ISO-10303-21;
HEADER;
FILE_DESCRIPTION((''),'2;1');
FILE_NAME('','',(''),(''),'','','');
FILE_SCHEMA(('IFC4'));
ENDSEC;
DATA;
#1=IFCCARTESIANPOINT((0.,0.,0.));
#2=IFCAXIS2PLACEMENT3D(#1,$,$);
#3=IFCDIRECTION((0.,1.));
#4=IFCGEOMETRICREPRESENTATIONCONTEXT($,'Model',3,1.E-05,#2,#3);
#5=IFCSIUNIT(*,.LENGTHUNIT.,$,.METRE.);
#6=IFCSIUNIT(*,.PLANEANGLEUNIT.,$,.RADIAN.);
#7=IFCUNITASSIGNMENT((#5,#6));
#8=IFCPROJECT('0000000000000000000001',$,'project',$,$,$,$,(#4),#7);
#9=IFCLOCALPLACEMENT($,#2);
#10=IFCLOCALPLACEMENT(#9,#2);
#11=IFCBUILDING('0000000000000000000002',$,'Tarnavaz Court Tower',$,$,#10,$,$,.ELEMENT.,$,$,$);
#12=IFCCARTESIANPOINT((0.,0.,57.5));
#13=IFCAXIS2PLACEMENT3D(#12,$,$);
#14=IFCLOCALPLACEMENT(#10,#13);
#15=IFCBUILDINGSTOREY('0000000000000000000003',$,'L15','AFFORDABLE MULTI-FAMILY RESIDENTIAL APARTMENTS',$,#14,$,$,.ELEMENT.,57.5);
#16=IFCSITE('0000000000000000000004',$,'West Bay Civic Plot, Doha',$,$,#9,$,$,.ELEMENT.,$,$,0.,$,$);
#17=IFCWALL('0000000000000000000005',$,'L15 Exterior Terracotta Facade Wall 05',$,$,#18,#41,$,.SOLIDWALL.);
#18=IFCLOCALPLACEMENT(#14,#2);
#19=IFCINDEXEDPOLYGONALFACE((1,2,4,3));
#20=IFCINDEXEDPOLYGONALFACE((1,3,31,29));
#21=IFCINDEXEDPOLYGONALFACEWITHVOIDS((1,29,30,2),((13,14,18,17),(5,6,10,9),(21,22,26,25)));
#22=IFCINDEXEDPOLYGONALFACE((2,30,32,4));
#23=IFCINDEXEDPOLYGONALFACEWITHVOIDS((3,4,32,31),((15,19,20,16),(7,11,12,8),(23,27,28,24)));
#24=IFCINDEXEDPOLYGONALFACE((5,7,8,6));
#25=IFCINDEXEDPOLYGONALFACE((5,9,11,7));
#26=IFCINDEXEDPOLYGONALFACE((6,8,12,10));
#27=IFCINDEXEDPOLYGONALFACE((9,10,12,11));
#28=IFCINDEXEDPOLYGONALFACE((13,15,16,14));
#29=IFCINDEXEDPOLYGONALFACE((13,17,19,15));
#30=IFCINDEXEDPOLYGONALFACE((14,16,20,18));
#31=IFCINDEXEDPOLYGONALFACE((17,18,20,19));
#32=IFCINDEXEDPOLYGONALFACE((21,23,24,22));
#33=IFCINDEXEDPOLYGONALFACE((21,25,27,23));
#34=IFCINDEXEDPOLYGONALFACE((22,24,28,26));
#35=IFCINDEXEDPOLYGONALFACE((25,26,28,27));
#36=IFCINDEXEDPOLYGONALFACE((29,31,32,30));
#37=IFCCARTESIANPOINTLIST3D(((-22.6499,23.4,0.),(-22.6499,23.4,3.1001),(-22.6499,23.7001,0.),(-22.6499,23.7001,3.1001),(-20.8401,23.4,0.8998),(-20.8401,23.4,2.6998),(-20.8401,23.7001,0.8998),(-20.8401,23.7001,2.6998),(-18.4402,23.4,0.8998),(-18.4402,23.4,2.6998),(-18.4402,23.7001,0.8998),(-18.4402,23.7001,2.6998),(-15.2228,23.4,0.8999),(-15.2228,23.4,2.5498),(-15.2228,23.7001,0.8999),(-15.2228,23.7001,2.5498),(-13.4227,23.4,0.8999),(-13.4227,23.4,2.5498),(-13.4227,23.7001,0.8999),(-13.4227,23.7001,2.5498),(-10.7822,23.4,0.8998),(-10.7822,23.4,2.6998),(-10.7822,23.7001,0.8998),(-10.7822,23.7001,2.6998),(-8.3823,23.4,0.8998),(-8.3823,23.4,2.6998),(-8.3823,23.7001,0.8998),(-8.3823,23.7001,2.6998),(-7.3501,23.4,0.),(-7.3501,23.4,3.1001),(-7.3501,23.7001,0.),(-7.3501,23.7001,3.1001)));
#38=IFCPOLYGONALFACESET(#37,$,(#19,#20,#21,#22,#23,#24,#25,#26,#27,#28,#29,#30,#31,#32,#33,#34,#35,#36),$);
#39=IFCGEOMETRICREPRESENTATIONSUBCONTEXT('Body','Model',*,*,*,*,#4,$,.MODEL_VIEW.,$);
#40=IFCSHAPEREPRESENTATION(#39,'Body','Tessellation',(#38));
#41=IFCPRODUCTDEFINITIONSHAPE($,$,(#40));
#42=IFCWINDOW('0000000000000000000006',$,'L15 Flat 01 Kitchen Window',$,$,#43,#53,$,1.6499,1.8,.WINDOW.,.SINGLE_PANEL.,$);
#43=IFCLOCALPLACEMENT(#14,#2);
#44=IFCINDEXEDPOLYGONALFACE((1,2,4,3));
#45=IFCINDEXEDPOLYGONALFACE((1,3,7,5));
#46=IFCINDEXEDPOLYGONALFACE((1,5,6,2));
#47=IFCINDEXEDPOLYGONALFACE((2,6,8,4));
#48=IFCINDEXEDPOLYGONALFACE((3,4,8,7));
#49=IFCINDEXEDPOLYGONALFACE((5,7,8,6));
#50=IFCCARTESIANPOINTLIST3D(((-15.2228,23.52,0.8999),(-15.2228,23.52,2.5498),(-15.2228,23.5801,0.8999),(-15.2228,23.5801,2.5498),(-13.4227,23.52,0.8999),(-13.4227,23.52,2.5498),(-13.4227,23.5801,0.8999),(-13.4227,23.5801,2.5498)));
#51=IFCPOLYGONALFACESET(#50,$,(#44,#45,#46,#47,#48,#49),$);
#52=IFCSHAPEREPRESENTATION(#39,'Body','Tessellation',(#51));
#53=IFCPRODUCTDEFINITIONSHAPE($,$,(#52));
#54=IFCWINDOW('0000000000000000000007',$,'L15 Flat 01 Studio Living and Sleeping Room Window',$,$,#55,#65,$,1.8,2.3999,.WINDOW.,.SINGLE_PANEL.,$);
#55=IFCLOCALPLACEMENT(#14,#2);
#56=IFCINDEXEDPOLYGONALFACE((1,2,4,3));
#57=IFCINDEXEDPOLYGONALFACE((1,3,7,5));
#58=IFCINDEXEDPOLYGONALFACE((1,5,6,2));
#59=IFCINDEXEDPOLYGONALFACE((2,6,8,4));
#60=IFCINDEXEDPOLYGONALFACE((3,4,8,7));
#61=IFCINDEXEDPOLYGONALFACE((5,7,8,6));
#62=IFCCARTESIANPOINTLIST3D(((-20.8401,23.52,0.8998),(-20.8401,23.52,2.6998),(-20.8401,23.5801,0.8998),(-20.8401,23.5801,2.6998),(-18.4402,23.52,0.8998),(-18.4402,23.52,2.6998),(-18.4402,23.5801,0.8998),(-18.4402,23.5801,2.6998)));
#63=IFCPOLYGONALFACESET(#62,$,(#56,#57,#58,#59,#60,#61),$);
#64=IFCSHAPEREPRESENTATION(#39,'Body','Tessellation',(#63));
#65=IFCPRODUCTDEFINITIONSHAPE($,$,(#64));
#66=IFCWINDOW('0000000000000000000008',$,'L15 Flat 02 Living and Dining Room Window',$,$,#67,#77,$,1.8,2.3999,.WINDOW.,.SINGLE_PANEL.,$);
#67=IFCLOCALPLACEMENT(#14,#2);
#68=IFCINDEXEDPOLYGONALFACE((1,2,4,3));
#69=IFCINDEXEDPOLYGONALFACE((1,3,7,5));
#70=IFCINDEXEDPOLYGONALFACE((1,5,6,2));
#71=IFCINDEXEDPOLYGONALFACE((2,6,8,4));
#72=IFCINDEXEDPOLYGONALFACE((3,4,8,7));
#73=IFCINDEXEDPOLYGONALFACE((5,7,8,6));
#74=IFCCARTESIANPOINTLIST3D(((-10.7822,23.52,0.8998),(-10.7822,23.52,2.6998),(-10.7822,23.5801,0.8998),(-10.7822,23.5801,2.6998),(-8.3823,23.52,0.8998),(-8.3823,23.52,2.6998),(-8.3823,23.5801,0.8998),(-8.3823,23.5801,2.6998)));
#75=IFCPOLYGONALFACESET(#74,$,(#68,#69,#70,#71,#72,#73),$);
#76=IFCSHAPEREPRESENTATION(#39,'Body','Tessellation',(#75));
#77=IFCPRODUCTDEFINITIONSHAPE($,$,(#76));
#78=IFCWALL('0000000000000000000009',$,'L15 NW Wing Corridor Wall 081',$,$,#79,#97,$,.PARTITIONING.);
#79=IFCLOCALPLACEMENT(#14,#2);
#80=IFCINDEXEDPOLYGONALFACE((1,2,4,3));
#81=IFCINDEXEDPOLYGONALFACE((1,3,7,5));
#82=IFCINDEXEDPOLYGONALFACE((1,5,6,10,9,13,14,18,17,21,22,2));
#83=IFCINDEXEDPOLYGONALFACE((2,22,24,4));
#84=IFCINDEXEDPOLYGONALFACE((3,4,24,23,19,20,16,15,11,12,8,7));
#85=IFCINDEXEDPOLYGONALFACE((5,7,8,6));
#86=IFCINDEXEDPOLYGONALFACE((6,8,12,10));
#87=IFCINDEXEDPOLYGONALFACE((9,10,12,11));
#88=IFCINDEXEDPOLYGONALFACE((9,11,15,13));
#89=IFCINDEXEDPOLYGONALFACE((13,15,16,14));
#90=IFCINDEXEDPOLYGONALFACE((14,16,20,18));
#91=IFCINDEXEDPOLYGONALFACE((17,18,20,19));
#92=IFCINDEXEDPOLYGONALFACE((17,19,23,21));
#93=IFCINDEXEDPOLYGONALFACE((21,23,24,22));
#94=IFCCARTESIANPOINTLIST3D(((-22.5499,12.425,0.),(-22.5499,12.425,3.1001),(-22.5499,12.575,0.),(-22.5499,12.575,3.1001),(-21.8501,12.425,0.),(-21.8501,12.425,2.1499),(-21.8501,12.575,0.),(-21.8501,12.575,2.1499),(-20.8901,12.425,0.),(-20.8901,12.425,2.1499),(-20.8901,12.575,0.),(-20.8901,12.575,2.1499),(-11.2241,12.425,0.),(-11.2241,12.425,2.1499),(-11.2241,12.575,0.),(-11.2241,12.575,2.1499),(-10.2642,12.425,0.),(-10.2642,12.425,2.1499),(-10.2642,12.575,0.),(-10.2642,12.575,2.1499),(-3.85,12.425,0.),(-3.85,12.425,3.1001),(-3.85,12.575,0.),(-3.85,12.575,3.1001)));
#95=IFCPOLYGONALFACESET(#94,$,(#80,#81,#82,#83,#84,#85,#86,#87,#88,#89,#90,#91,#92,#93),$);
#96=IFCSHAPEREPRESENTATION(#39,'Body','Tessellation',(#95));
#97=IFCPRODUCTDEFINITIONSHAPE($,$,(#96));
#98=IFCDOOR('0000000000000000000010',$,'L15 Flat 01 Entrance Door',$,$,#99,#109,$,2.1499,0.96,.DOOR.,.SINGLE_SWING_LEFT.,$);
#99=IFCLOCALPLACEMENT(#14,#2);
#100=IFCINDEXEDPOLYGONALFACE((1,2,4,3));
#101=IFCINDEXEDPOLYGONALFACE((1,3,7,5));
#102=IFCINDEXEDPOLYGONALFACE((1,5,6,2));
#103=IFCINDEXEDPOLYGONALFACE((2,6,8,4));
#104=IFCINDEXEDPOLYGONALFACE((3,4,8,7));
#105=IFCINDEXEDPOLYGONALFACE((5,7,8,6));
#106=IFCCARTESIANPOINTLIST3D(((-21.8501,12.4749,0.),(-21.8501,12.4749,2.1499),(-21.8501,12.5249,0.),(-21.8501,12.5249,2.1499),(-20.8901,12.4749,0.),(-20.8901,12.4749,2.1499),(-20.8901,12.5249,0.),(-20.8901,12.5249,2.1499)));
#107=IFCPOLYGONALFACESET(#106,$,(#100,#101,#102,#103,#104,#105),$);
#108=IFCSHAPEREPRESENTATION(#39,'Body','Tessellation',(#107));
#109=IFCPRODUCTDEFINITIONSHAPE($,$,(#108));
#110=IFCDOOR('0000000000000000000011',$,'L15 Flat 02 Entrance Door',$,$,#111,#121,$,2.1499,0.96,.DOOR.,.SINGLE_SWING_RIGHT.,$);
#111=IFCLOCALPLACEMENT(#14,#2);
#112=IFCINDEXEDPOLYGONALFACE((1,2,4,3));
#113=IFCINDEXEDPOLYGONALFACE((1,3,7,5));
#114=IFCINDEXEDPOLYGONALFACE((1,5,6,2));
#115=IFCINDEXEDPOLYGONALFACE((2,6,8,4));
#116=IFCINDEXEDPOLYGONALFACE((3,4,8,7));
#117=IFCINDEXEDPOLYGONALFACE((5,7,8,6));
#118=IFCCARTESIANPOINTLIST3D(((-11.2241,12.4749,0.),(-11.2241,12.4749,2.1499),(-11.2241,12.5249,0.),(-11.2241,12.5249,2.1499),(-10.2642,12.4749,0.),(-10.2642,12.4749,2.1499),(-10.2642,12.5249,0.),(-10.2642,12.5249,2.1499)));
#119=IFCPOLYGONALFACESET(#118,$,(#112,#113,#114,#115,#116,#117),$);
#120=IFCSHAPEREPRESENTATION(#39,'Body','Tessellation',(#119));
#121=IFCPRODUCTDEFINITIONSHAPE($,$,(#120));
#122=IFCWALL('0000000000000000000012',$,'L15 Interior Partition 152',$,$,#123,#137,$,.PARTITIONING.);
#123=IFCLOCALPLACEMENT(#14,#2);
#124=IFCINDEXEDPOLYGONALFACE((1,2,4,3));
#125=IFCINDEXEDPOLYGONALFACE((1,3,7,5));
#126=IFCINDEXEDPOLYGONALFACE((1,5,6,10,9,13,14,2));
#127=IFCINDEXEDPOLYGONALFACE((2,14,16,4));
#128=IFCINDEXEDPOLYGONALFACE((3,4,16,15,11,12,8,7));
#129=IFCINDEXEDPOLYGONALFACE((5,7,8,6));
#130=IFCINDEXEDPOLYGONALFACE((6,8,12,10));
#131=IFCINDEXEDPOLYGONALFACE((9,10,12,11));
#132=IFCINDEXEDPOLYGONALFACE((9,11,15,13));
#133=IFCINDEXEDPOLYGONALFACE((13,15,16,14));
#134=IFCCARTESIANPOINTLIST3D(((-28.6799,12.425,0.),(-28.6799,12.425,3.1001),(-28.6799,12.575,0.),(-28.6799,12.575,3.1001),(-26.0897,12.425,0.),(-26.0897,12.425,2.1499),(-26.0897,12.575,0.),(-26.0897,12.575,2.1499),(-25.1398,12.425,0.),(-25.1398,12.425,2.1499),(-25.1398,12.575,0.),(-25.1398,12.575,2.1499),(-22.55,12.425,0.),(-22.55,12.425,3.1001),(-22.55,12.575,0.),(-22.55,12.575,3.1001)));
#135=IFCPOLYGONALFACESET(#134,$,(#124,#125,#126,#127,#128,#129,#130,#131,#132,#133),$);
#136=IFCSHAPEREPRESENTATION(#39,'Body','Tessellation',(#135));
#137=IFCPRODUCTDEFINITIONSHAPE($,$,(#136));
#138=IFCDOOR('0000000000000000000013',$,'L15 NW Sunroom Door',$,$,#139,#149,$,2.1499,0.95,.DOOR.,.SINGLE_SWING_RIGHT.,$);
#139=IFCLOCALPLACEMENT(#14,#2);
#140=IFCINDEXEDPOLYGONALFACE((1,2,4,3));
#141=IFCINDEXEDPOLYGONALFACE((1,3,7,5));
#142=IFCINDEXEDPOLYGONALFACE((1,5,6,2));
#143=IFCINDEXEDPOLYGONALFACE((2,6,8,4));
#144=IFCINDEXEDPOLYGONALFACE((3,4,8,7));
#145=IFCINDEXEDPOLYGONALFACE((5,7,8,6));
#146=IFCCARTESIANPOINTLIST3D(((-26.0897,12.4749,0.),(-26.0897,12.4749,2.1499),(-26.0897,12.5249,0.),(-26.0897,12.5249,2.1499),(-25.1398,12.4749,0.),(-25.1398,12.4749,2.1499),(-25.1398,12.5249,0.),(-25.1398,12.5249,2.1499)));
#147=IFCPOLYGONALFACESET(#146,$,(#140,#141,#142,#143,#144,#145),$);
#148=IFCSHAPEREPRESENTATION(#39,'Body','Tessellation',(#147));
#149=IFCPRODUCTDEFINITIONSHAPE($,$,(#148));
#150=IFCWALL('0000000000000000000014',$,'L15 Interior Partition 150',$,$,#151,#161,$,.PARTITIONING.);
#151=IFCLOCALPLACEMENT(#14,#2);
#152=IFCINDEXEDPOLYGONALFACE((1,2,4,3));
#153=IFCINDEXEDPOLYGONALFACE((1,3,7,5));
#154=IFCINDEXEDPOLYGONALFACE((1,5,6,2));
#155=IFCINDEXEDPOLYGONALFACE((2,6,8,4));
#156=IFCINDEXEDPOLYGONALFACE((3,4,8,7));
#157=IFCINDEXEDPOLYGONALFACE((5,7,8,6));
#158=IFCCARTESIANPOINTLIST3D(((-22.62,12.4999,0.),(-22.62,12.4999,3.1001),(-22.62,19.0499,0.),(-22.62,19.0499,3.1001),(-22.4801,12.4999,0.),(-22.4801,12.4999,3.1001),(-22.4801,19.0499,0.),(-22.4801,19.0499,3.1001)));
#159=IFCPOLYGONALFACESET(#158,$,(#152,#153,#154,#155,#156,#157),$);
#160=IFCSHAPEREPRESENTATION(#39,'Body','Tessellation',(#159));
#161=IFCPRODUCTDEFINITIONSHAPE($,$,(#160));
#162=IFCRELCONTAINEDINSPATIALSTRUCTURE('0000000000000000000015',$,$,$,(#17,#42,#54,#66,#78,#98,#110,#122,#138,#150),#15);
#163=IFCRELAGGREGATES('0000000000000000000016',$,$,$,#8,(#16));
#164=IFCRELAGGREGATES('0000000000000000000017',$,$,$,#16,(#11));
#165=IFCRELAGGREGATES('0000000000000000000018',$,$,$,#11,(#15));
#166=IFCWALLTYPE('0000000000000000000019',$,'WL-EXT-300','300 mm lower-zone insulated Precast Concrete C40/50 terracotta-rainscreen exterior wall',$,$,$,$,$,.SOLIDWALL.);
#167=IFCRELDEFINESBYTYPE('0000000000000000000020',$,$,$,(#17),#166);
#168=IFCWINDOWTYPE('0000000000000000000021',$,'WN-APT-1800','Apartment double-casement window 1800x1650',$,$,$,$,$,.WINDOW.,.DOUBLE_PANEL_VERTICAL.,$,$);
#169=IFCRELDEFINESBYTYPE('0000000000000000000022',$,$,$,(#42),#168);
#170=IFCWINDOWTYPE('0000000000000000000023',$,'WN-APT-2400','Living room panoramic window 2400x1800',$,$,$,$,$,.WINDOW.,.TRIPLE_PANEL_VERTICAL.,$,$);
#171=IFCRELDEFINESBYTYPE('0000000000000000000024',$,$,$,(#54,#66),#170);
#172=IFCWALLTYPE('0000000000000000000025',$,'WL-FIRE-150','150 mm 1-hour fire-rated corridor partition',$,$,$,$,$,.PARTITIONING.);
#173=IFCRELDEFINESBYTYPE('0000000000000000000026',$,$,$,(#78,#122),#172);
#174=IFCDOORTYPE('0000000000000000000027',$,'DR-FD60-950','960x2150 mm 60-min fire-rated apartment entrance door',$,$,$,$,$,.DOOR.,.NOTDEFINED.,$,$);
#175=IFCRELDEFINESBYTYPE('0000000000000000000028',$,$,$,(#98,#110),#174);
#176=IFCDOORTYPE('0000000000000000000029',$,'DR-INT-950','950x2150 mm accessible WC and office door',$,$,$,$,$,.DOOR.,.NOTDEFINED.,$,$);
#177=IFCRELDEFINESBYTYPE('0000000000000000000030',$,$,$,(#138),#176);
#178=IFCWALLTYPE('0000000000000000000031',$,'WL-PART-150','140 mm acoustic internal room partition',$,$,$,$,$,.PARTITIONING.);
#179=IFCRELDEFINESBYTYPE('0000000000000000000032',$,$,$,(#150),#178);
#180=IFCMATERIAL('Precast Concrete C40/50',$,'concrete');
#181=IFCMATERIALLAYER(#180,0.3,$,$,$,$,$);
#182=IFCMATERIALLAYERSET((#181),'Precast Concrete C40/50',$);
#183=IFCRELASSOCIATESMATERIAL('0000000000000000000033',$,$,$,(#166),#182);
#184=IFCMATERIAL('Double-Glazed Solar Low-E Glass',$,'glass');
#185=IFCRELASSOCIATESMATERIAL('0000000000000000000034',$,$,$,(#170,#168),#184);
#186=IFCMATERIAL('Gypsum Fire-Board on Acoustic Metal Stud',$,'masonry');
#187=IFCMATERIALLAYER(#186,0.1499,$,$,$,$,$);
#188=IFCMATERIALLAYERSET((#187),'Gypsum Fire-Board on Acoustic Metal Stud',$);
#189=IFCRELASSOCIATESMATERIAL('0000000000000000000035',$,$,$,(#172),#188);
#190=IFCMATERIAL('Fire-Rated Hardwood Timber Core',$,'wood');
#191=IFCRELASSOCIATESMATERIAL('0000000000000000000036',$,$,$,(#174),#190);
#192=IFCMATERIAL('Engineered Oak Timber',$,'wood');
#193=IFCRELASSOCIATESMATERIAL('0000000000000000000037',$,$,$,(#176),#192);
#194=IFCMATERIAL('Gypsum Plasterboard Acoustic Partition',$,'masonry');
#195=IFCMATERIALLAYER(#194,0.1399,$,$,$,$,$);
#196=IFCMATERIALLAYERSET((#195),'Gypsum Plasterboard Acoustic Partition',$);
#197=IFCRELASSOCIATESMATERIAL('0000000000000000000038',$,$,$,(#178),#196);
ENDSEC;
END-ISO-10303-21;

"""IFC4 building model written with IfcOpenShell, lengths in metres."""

from ifc_helpers import new_model, si_unit, direction, frame, frame_2d, origin, place, context, subcontext, project, spatial, rectangle, extrude, material, layer, layer_set, type_object, element, fill, save


model = new_model("IFC4")

# Units and contexts
model_context = context("Model", 3, precision=1e-05, world=origin(), true_north=direction((0.0, 1.0)))
body_context = subcontext(model_context, "Body", "Model", "MODEL_VIEW")
ifc_project = project(units=[si_unit("LENGTHUNIT", "METRE"), si_unit("PLANEANGLEUNIT", "RADIAN")], contexts=[model_context])

# Site, building, storey
site_placement = place(None, origin())
site = spatial("IfcSite", under=ifc_project, at=site_placement, Name="West Bay Civic Plot, Doha", CompositionType="ELEMENT", RefElevation=0.0)
building_placement = place(site_placement, origin())
building = spatial("IfcBuilding", under=site, at=building_placement, Name="Tarnavaz Court Tower", CompositionType="ELEMENT")
storey_placement = place(building_placement, frame((0.0, 0.0, 57.5)))
storey = spatial("IfcBuildingStorey", under=building, at=storey_placement, Name="L15", Description="AFFORDABLE MULTI-FAMILY RESIDENTIAL APARTMENTS", CompositionType="ELEMENT", Elevation=57.5)

# Shared definitions
ifc_material_1 = material(Name="Precast Concrete C40/50", Category="concrete")
ifc_layer_1 = layer(ifc_material_1, 0.3)
ifc_layer_set_1 = layer_set([ifc_layer_1], Name="Precast Concrete C40/50")
wall_type_1 = type_object("IfcWallType", Name="WL-EXT-300", Description="300 mm lower-zone insulated Precast Concrete C40/50 terracotta-rainscreen exterior wall", PredefinedType="SOLIDWALL", material=ifc_layer_set_1)
ifc_material_2 = material(Name="Double-Glazed Solar Low-E Glass", Category="glass")
window_type_1 = type_object("IfcWindowType", Name="WN-APT-2400", Description="Living room panoramic window 2400x1800", PartitioningType="TRIPLE_PANEL_VERTICAL", PredefinedType="WINDOW", material=ifc_material_2)

# Wall, openings, windows
wall_1_placement = place(storey_placement, frame((-22.6499, 23.55, 0.0), z_axis=(0.0, 0.0, 1.0), x_axis=(1.0, 0.0, 0.0)))
wall_1 = element("IfcWall", 1, at=wall_1_placement, inside=storey, type_object=wall_type_1, Name="L15 Exterior Terracotta Facade Wall 05", PredefinedType="SOLIDWALL", context=body_context, shape_type="SweptSolid", body=[
    extrude(rectangle(XDim=15.2998, YDim=0.3, at=frame_2d((7.6499, 0.0))), origin(), (0.0, 0.0, 1.0), 3.1001),
])
opening_1_placement = place(wall_1_placement, frame((1.8098, 0.0, 0.8999)))
opening_1 = element("IfcOpeningElement", 2, at=opening_1_placement, cuts=wall_1, PredefinedType="OPENING", context=body_context, shape_type="SweptSolid", body=[
    extrude(rectangle(XDim=2.3999, YDim=1.8, at=frame_2d((1.2, 0.8999))), frame((0.0, 0.1599, 0.0), z_axis=(0.0, -1.0, 0.0), x_axis=(1.0, 0.0, 0.0)), (0.0, 0.0, 1.0), 0.3201),
])
opening_2_placement = place(wall_1_placement, frame((7.4272, 0.0, 0.8999)))
opening_2 = element("IfcOpeningElement", 3, at=opening_2_placement, cuts=wall_1, PredefinedType="OPENING", context=body_context, shape_type="SweptSolid", body=[
    extrude(rectangle(XDim=1.8, YDim=1.6499, at=frame_2d((0.8999, 0.825))), frame((0.0, 0.1599, 0.0), z_axis=(0.0, -1.0, 0.0), x_axis=(1.0, 0.0, 0.0)), (0.0, 0.0, 1.0), 0.3201),
])
opening_3_placement = place(wall_1_placement, frame((11.8677, 0.0, 0.8999)))
opening_3 = element("IfcOpeningElement", 4, at=opening_3_placement, cuts=wall_1, PredefinedType="OPENING", context=body_context, shape_type="SweptSolid", body=[
    extrude(rectangle(XDim=2.3999, YDim=1.8, at=frame_2d((1.2, 0.8999))), frame((0.0, 0.1599, 0.0), z_axis=(0.0, -1.0, 0.0), x_axis=(1.0, 0.0, 0.0)), (0.0, 0.0, 1.0), 0.3201),
])
window_type_2 = type_object("IfcWindowType", Name="WN-APT-1800", Description="Apartment double-casement window 1800x1650", PartitioningType="DOUBLE_PANEL_VERTICAL", PredefinedType="WINDOW", material=ifc_material_2)
window_1_placement = place(opening_2_placement, origin())
window_1 = element("IfcWindow", 5, at=window_1_placement, inside=storey, type_object=window_type_2, Name="L15 Flat 01 Kitchen Window", OverallHeight=1.6499, OverallWidth=1.8, PartitioningType="SINGLE_PANEL", PredefinedType="WINDOW", context=body_context, shape_type="SweptSolid", body=[
    extrude(rectangle(XDim=1.8, YDim=1.6499, at=frame_2d((0.8999, 0.825))), frame((0.0, 0.03, 0.0), z_axis=(0.0, -1.0, 0.0), x_axis=(1.0, 0.0, 0.0)), (0.0, 0.0, 1.0), 0.0601),
])
fill(opening_2, window_1)
window_2_placement = place(opening_1_placement, origin())
window_2 = element("IfcWindow", 6, at=window_2_placement, inside=storey, type_object=window_type_1, Name="L15 Flat 01 Studio Living and Sleeping Room Window", OverallHeight=1.8, OverallWidth=2.3999, PartitioningType="SINGLE_PANEL", PredefinedType="WINDOW", context=body_context, shape_type="SweptSolid", body=[
    extrude(rectangle(XDim=2.3999, YDim=1.8, at=frame_2d((1.2, 0.8999))), frame((0.0, 0.03, 0.0), z_axis=(0.0, -1.0, 0.0), x_axis=(1.0, 0.0, 0.0)), (0.0, 0.0, 1.0), 0.0601),
])
fill(opening_1, window_2)
window_3_placement = place(opening_3_placement, origin())
window_3 = element("IfcWindow", 7, at=window_3_placement, inside=storey, type_object=window_type_1, Name="L15 Flat 02 Living and Dining Room Window", OverallHeight=1.8, OverallWidth=2.3999, PartitioningType="SINGLE_PANEL", PredefinedType="WINDOW", context=body_context, shape_type="SweptSolid", body=[
    extrude(rectangle(XDim=2.3999, YDim=1.8, at=frame_2d((1.2, 0.8999))), frame((0.0, 0.03, 0.0), z_axis=(0.0, -1.0, 0.0), x_axis=(1.0, 0.0, 0.0)), (0.0, 0.0, 1.0), 0.0601),
])
fill(opening_3, window_3)

# Wall, openings, doors
ifc_material_3 = material(Name="Gypsum Fire-Board on Acoustic Metal Stud", Category="masonry")
ifc_layer_2 = layer(ifc_material_3, 0.1499)
ifc_layer_set_2 = layer_set([ifc_layer_2], Name="Gypsum Fire-Board on Acoustic Metal Stud")
wall_type_2 = type_object("IfcWallType", Name="WL-FIRE-150", Description="150 mm 1-hour fire-rated corridor partition", PredefinedType="PARTITIONING", material=ifc_layer_set_2)
wall_2_placement = place(storey_placement, frame((-22.55, 12.5, 0.0), z_axis=(0.0, 0.0, 1.0), x_axis=(1.0, 0.0, 0.0)))
wall_2 = element("IfcWall", 8, at=wall_2_placement, inside=storey, type_object=wall_type_2, Name="L15 NW Wing Corridor Wall 081", PredefinedType="PARTITIONING", context=body_context, shape_type="SweptSolid", body=[
    extrude(rectangle(XDim=18.7, YDim=0.1499, at=frame_2d((9.3501, 0.0))), origin(), (0.0, 0.0, 1.0), 3.1001),
])
opening_4_placement = place(wall_2_placement, frame((0.7, 0.0, 0.0)))
opening_4 = element("IfcOpeningElement", 9, at=opening_4_placement, cuts=wall_2, PredefinedType="OPENING", context=body_context, shape_type="SweptSolid", body=[
    extrude(rectangle(XDim=0.96, YDim=2.1499, at=frame_2d((0.48, 1.075))), frame((0.0, 0.085, 0.0), z_axis=(0.0, -1.0, 0.0), x_axis=(1.0, 0.0, 0.0)), (0.0, 0.0, 1.0), 0.1699),
])
opening_5_placement = place(wall_2_placement, frame((11.3259, 0.0, 0.0)))
opening_5 = element("IfcOpeningElement", 10, at=opening_5_placement, cuts=wall_2, PredefinedType="OPENING", context=body_context, shape_type="SweptSolid", body=[
    extrude(rectangle(XDim=0.96, YDim=2.1499, at=frame_2d((0.48, 1.075))), frame((0.0, 0.085, 0.0), z_axis=(0.0, -1.0, 0.0), x_axis=(1.0, 0.0, 0.0)), (0.0, 0.0, 1.0), 0.1699),
])
ifc_material_4 = material(Name="Fire-Rated Hardwood Timber Core", Category="wood")
door_type_1 = type_object("IfcDoorType", Name="DR-FD60-950", Description="960x2150 mm 60-min fire-rated apartment entrance door", OperationType="NOTDEFINED", PredefinedType="DOOR", material=ifc_material_4)
door_1_placement = place(opening_4_placement, origin())
door_1 = element("IfcDoor", 11, at=door_1_placement, inside=storey, type_object=door_type_1, Name="L15 Flat 01 Entrance Door", OperationType="SINGLE_SWING_LEFT", OverallHeight=2.1499, OverallWidth=0.96, PredefinedType="DOOR", context=body_context, shape_type="SweptSolid", body=[
    extrude(rectangle(XDim=0.96, YDim=2.1499, at=frame_2d((0.48, 1.075))), frame((0.0, 0.0249, 0.0), z_axis=(0.0, -1.0, 0.0), x_axis=(1.0, 0.0, 0.0)), (0.0, 0.0, 1.0), 0.05),
])
fill(opening_4, door_1)
door_2_placement = place(opening_5_placement, origin())
door_2 = element("IfcDoor", 12, at=door_2_placement, inside=storey, type_object=door_type_1, Name="L15 Flat 02 Entrance Door", OperationType="SINGLE_SWING_RIGHT", OverallHeight=2.1499, OverallWidth=0.96, PredefinedType="DOOR", context=body_context, shape_type="SweptSolid", body=[
    extrude(rectangle(XDim=0.96, YDim=2.1499, at=frame_2d((0.48, 1.075))), frame((0.0, 0.0249, 0.0), z_axis=(0.0, -1.0, 0.0), x_axis=(1.0, 0.0, 0.0)), (0.0, 0.0, 1.0), 0.05),
])
fill(opening_5, door_2)

# Wall, opening, door
wall_3_placement = place(storey_placement, frame((-28.6799, 12.5, 0.0), z_axis=(0.0, 0.0, 1.0), x_axis=(1.0, 0.0, 0.0)))
wall_3 = element("IfcWall", 13, at=wall_3_placement, inside=storey, type_object=wall_type_2, Name="L15 Interior Partition 152", PredefinedType="PARTITIONING", context=body_context, shape_type="SweptSolid", body=[
    extrude(rectangle(XDim=6.1299, YDim=0.1499, at=frame_2d((3.0649, 0.0))), origin(), (0.0, 0.0, 1.0), 3.1001),
])
opening_6_placement = place(wall_3_placement, frame((2.5901, 0.0, 0.0)))
opening_6 = element("IfcOpeningElement", 14, at=opening_6_placement, cuts=wall_3, PredefinedType="OPENING", context=body_context, shape_type="SweptSolid", body=[
    extrude(rectangle(XDim=0.95, YDim=2.1499, at=frame_2d((0.4751, 1.075))), frame((0.0, 0.085, 0.0), z_axis=(0.0, -1.0, 0.0), x_axis=(1.0, 0.0, 0.0)), (0.0, 0.0, 1.0), 0.1699),
])
ifc_material_5 = material(Name="Engineered Oak Timber", Category="wood")
door_type_2 = type_object("IfcDoorType", Name="DR-INT-950", Description="950x2150 mm accessible WC and office door", OperationType="NOTDEFINED", PredefinedType="DOOR", material=ifc_material_5)
door_3_placement = place(opening_6_placement, origin())
door_3 = element("IfcDoor", 15, at=door_3_placement, inside=storey, type_object=door_type_2, Name="L15 NW Sunroom Door", OperationType="SINGLE_SWING_RIGHT", OverallHeight=2.1499, OverallWidth=0.95, PredefinedType="DOOR", context=body_context, shape_type="SweptSolid", body=[
    extrude(rectangle(XDim=0.95, YDim=2.1499, at=frame_2d((0.4751, 1.075))), frame((0.0, 0.0249, 0.0), z_axis=(0.0, -1.0, 0.0), x_axis=(1.0, 0.0, 0.0)), (0.0, 0.0, 1.0), 0.05),
])
fill(opening_6, door_3)

# Wall
ifc_material_6 = material(Name="Gypsum Plasterboard Acoustic Partition", Category="masonry")
ifc_layer_3 = layer(ifc_material_6, 0.1399)
ifc_layer_set_3 = layer_set([ifc_layer_3], Name="Gypsum Plasterboard Acoustic Partition")
wall_type_3 = type_object("IfcWallType", Name="WL-PART-150", Description="140 mm acoustic internal room partition", PredefinedType="PARTITIONING", material=ifc_layer_set_3)
wall_4_placement = place(storey_placement, frame((-22.55, 12.5, 0.0), z_axis=(0.0, 0.0, 1.0), x_axis=(0.0, 1.0, 0.0)))
element("IfcWall", 16, at=wall_4_placement, inside=storey, type_object=wall_type_3, Name="L15 Interior Partition 150", PredefinedType="PARTITIONING", context=body_context, shape_type="SweptSolid", body=[
    extrude(rectangle(XDim=6.55, YDim=0.1399, at=frame_2d((3.2749, 0.0))), origin(), (0.0, 0.0, 1.0), 3.1001),
])

save(model, "model.ifc")
